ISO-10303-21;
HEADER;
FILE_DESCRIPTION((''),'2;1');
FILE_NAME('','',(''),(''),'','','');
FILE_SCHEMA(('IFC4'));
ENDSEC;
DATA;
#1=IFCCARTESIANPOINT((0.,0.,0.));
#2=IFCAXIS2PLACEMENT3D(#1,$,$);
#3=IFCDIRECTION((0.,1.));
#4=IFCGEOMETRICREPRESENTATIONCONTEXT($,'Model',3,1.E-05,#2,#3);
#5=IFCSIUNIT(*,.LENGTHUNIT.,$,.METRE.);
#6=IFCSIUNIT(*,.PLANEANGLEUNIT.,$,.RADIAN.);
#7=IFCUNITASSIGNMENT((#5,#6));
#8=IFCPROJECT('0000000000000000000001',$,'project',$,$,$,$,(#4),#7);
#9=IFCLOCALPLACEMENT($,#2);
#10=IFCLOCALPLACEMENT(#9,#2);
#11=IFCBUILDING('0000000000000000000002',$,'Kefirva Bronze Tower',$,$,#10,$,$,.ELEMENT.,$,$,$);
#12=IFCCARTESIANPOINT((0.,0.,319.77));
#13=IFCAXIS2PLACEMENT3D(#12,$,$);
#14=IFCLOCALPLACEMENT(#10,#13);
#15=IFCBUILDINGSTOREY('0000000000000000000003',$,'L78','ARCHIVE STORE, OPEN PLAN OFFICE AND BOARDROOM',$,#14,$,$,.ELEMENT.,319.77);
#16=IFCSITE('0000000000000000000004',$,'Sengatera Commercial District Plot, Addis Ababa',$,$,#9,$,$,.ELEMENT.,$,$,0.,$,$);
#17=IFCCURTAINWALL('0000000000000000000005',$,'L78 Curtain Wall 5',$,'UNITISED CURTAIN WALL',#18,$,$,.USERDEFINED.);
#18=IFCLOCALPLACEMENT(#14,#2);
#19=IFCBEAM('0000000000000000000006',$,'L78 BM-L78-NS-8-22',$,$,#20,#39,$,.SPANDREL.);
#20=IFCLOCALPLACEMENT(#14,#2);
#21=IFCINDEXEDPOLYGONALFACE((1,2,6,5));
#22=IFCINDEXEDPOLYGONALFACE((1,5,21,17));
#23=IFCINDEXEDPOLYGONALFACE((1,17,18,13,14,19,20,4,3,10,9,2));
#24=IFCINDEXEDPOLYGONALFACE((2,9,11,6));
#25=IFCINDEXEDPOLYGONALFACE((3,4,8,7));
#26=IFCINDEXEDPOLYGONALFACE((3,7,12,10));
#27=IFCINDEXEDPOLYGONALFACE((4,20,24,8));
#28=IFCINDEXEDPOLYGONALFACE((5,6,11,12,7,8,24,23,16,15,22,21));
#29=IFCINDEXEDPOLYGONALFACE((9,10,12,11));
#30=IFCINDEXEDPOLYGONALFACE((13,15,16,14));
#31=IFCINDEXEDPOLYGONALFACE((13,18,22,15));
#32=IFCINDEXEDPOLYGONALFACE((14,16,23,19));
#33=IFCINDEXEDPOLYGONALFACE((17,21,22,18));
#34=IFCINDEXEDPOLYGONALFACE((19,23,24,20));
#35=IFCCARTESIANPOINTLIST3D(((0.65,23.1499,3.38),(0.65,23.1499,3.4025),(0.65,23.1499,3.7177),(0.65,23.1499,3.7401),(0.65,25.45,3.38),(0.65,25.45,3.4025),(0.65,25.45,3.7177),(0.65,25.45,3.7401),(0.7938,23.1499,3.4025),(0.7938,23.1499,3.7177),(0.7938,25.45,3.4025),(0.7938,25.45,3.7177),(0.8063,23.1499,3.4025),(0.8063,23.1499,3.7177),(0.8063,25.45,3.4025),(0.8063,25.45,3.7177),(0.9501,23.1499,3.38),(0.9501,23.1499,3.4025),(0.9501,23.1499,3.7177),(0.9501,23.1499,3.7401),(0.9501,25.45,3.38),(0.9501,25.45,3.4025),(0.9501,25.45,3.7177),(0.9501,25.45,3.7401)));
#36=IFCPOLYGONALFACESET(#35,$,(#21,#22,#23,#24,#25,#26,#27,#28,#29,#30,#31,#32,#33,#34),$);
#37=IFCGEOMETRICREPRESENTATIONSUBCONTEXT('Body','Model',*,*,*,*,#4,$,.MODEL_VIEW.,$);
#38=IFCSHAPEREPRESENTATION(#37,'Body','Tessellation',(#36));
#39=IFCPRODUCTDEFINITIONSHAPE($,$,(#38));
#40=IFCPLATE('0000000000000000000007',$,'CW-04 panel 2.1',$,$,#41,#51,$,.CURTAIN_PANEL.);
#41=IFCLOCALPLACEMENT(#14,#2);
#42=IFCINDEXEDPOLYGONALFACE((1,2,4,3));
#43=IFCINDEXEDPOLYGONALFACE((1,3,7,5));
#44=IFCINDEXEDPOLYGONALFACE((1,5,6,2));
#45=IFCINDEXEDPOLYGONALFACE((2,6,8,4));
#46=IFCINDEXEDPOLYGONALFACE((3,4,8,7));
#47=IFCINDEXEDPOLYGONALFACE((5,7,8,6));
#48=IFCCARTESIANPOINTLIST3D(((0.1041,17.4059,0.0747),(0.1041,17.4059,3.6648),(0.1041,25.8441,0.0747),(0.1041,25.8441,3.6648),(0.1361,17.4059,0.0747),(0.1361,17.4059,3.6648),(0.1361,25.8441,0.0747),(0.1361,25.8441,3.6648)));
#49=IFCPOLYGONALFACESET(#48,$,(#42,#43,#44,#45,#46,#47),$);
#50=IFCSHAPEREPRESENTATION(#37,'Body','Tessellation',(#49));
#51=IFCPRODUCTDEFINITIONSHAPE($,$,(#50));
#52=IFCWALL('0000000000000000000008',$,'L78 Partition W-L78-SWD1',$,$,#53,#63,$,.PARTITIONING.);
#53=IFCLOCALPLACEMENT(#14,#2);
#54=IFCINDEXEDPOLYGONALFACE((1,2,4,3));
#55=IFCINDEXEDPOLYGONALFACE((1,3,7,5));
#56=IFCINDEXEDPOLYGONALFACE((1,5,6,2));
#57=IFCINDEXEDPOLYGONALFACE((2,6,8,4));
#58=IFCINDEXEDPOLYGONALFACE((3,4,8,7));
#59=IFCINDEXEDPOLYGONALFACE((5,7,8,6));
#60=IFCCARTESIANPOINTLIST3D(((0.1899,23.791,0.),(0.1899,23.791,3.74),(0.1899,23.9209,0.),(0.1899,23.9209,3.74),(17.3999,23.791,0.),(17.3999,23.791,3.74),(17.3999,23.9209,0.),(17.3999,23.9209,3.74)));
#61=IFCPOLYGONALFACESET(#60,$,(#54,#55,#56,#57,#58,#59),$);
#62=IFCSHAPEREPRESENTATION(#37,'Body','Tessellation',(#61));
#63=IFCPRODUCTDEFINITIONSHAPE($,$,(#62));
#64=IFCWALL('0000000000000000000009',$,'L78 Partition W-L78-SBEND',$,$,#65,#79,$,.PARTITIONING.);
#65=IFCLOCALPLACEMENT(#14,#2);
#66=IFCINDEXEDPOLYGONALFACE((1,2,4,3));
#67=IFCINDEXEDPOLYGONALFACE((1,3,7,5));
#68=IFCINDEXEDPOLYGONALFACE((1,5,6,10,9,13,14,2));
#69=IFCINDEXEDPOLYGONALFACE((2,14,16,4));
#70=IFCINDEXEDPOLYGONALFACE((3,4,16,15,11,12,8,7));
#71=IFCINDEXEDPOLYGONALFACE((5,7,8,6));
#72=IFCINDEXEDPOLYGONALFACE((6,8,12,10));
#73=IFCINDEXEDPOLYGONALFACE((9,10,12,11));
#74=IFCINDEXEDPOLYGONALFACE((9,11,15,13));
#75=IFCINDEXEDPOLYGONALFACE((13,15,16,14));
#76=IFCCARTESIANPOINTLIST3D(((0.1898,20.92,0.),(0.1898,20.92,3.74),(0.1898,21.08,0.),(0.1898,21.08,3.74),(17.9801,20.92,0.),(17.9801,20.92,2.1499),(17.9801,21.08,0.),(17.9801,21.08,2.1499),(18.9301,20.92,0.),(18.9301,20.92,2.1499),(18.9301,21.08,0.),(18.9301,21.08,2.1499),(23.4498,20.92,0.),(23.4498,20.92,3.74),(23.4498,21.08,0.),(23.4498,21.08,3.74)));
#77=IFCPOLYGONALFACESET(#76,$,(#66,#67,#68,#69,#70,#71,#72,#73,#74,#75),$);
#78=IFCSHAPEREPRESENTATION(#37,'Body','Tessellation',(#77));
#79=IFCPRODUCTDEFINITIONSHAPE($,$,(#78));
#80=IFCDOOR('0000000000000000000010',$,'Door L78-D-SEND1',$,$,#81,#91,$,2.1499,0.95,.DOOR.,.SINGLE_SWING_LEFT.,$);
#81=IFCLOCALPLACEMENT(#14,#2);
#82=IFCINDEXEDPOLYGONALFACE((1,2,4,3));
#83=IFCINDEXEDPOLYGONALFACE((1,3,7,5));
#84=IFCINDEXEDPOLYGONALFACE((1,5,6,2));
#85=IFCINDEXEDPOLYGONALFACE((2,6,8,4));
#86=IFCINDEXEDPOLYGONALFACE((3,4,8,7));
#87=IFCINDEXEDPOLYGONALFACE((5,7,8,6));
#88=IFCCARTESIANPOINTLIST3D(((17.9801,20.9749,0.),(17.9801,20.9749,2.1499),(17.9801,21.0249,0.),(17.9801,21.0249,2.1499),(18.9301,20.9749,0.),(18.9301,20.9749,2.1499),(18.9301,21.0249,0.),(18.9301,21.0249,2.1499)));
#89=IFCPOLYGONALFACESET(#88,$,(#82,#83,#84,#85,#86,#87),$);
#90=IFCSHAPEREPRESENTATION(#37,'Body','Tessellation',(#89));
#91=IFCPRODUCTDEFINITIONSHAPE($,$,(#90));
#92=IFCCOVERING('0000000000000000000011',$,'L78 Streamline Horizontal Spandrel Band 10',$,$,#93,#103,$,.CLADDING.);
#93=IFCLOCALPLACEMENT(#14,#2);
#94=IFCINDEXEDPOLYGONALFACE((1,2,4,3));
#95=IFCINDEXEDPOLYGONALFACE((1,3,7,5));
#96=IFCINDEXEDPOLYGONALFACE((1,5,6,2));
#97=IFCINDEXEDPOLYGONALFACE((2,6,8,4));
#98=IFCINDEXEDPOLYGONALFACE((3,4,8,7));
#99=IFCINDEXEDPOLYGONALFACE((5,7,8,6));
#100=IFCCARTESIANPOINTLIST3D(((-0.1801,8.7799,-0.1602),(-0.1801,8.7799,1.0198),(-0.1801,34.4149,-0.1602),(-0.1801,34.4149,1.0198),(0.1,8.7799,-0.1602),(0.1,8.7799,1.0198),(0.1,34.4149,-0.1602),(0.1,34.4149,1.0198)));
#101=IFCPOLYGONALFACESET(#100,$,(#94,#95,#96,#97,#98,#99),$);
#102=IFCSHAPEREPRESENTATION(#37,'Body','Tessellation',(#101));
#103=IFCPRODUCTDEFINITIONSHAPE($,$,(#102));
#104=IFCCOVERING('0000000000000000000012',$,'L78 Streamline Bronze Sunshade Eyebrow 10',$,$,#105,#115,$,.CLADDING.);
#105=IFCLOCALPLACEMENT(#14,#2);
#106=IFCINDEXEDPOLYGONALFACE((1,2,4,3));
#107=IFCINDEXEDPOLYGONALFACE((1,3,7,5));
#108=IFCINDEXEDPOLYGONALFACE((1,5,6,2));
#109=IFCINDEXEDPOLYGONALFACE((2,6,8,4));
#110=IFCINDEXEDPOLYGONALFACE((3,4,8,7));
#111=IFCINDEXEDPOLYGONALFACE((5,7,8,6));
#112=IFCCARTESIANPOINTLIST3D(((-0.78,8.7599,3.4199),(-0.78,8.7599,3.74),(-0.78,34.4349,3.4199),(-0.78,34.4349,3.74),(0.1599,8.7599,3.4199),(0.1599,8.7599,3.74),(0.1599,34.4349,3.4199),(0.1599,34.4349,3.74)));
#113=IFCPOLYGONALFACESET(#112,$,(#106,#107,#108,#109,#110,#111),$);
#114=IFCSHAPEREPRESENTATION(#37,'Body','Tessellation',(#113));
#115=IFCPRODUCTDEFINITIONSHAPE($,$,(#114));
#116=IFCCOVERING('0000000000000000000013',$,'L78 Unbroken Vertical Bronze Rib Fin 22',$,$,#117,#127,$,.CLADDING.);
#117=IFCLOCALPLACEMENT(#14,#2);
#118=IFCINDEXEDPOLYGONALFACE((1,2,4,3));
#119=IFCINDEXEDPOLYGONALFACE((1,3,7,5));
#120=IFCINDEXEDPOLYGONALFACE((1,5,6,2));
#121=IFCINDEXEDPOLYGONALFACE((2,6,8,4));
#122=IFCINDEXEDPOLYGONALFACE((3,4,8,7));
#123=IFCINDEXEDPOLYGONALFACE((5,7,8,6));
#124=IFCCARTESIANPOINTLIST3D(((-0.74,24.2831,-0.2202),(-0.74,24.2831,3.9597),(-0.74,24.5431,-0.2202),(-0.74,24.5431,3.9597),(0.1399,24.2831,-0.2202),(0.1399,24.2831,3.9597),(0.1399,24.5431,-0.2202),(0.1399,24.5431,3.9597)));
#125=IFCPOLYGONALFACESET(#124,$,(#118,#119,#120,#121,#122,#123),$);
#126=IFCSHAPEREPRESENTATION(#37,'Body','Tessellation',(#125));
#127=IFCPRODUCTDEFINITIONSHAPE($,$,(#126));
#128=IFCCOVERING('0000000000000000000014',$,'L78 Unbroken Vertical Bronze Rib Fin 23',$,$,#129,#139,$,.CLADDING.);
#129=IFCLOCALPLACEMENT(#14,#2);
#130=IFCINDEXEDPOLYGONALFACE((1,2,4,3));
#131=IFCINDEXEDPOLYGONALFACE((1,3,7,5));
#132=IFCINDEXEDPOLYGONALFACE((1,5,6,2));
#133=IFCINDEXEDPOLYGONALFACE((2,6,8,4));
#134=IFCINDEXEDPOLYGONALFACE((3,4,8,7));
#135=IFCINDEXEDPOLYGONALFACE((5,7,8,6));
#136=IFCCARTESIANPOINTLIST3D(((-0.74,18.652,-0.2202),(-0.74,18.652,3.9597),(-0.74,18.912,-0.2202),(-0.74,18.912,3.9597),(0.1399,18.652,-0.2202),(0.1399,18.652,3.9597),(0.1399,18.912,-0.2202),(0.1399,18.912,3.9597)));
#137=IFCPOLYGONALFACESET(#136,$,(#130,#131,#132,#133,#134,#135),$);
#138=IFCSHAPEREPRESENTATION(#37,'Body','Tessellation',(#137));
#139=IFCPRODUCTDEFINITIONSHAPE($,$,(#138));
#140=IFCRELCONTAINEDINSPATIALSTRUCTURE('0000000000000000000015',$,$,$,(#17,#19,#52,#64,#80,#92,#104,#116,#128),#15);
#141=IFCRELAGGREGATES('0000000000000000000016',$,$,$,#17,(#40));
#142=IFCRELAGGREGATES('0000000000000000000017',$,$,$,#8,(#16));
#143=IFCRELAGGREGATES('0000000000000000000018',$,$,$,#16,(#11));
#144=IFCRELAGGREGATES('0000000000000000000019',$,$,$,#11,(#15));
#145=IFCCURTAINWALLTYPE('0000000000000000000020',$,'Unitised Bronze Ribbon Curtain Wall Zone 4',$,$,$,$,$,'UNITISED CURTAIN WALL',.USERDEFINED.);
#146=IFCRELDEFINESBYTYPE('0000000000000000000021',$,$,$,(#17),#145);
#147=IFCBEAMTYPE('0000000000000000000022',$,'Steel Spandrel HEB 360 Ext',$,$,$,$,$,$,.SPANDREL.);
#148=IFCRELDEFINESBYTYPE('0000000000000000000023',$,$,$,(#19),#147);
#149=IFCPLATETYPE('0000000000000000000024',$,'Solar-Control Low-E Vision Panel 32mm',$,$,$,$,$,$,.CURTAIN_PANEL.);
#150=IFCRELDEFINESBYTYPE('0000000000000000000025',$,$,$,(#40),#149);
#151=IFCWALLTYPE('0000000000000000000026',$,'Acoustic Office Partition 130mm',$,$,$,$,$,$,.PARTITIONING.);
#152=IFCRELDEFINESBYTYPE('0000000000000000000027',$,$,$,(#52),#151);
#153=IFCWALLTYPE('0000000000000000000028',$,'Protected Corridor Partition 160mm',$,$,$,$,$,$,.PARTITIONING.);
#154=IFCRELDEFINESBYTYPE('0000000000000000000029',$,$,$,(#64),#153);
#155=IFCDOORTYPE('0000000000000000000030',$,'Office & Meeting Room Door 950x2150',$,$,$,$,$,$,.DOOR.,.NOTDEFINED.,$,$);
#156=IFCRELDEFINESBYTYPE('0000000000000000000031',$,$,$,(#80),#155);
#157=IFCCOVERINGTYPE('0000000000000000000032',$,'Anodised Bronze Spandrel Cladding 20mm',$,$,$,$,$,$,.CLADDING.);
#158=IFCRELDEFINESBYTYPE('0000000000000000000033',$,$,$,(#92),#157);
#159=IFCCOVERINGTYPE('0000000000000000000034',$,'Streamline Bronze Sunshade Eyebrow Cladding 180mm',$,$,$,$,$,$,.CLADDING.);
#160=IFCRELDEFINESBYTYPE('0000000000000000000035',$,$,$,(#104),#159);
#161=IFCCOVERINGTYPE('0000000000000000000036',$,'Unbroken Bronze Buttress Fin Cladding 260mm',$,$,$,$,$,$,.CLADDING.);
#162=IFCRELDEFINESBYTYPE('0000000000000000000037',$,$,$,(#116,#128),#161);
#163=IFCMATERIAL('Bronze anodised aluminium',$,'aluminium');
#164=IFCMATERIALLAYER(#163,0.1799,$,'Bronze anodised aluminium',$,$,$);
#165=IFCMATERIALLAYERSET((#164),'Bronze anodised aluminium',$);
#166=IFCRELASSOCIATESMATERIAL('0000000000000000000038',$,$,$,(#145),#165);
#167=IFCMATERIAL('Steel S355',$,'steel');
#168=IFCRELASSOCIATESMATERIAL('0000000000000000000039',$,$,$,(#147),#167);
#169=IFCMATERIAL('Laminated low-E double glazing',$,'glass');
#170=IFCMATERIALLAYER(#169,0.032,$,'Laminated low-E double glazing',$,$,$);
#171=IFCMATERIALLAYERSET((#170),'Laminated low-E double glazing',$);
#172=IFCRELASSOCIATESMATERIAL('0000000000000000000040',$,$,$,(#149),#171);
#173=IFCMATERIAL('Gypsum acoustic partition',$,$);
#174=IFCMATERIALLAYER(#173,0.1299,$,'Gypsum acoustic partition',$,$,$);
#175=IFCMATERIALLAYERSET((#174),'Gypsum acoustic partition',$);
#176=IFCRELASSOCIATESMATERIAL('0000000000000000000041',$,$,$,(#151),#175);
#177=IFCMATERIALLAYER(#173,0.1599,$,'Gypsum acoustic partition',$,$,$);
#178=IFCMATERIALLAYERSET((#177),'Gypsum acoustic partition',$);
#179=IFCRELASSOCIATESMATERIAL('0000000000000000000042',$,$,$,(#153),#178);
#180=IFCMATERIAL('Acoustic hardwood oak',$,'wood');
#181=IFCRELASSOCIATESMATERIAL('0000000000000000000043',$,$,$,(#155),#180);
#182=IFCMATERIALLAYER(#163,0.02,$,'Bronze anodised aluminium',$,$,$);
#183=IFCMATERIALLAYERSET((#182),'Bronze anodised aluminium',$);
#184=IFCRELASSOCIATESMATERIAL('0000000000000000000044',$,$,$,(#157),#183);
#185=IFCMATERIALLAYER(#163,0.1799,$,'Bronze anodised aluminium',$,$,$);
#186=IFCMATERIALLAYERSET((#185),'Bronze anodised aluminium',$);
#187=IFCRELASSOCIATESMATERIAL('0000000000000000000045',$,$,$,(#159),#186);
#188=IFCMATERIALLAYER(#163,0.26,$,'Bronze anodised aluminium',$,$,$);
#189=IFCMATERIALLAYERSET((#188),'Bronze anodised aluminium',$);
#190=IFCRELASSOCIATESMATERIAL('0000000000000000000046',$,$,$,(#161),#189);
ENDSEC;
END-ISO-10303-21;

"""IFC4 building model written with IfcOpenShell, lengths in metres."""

from ifc_helpers import new_model, si_unit, direction, frame, frame_2d, origin, origin_2d, place, context, subcontext, project, spatial, rectangle, i_section, extrude, material, layer, layer_set, material_profile, profile_set, type_object, element, fill, aggregate, save


model = new_model("IFC4")

# Units and contexts
model_context = context("Model", 3, precision=1e-05, world=origin(), true_north=direction((0.0, 1.0)))
body_context = subcontext(model_context, "Body", "Model", "MODEL_VIEW")
ifc_project = project(units=[si_unit("LENGTHUNIT", "METRE"), si_unit("PLANEANGLEUNIT", "RADIAN")], contexts=[model_context])

# Site, building, storey
site_placement = place(None, origin())
site = spatial("IfcSite", under=ifc_project, at=site_placement, Name="Sengatera Commercial District Plot, Addis Ababa", CompositionType="ELEMENT", RefElevation=0.0)
building_placement = place(site_placement, origin())
building = spatial("IfcBuilding", under=site, at=building_placement, Name="Kefirva Bronze Tower", CompositionType="ELEMENT")
storey_placement = place(building_placement, frame((0.0, 0.0, 319.77)))
storey = spatial("IfcBuildingStorey", under=building, at=storey_placement, Name="L78", Description="ARCHIVE STORE, OPEN PLAN OFFICE AND BOARDROOM", CompositionType="ELEMENT", Elevation=319.77)

# Curtain wall
ifc_material_1 = material(Name="Bronze anodised aluminium", Category="aluminium")
ifc_layer_1 = layer(ifc_material_1, 0.1799, Name="Bronze anodised aluminium")
ifc_layer_set_1 = layer_set([ifc_layer_1], Name="Bronze anodised aluminium")
curtain_wall_type = type_object("IfcCurtainWallType", Name="Unitised Bronze Ribbon Curtain Wall Zone 4", ElementType="UNITISED CURTAIN WALL", PredefinedType="USERDEFINED", material=ifc_layer_set_1)
curtain_wall_placement = place(storey_placement, origin())
curtain_wall = element("IfcCurtainWall", 1, at=curtain_wall_placement, inside=storey, type_object=curtain_wall_type, Name="L78 Curtain Wall 5", ObjectType="UNITISED CURTAIN WALL", PredefinedType="USERDEFINED")

# Beam
ifc_material_2 = material(Name="Steel S355", Category="steel")
ifc_material_profile_1 = material_profile(ifc_material_2, i_section(OverallWidth=0.3, OverallDepth=0.3601, WebThickness=0.0125, FlangeThickness=0.0225, at=origin_2d()), Name="HEB 360")
ifc_profile_set_1 = profile_set([ifc_material_profile_1], Name="Steel S355")
beam_type_1 = type_object("IfcBeamType", Name="Steel Spandrel HEB 360 Ext", PredefinedType="SPANDREL", material=ifc_profile_set_1)
beam_1_placement = place(storey_placement, frame((0.8, 23.1499, 3.5601), z_axis=(0.0, 1.0, 0.0), x_axis=(-1.0, 0.0, 0.0)))
element("IfcBeam", 2, at=beam_1_placement, inside=storey, type_object=beam_type_1, Name="L78 BM-L78-NS-8-22", PredefinedType="SPANDREL", context=body_context, shape_type="SweptSolid", body=[
    extrude(i_section(OverallWidth=0.3, OverallDepth=0.3601, WebThickness=0.0125, FlangeThickness=0.0225, at=origin_2d()), origin(), (0.0, 0.0, 1.0), 2.3),
])

# Plate
ifc_material_3 = material(Name="Laminated low-E double glazing", Category="glass")
ifc_layer_2 = layer(ifc_material_3, 0.032, Name="Laminated low-E double glazing")
ifc_layer_set_2 = layer_set([ifc_layer_2], Name="Laminated low-E double glazing")
plate_type = type_object("IfcPlateType", Name="Solar-Control Low-E Vision Panel 32mm", PredefinedType="CURTAIN_PANEL", material=ifc_layer_set_2)
plate_placement = place(storey_placement, frame((0.1201, 21.625, 0.0747), z_axis=(0.0, 0.0, 1.0), x_axis=(0.0, -1.0, 0.0)))
plate = element("IfcPlate", 3, at=plate_placement, type_object=plate_type, Name="CW-04 panel 2.1", PredefinedType="CURTAIN_PANEL", context=body_context, shape_type="SweptSolid", body=[
    extrude(rectangle(XDim=8.4382, YDim=0.032, at=origin_2d()), origin(), (0.0, 0.0, 1.0), 3.5901),
])
aggregate(curtain_wall, [plate])

# Wall
ifc_material_4 = material(Name="Gypsum acoustic partition")
ifc_layer_3 = layer(ifc_material_4, 0.1299, Name="Gypsum acoustic partition")
ifc_layer_set_3 = layer_set([ifc_layer_3], Name="Gypsum acoustic partition")
wall_type_1 = type_object("IfcWallType", Name="Acoustic Office Partition 130mm", PredefinedType="PARTITIONING", material=ifc_layer_set_3)
wall_1_placement = place(storey_placement, frame((0.1899, 23.856, 0.0), z_axis=(0.0, 0.0, 1.0), x_axis=(1.0, 0.0, 0.0)))
element("IfcWall", 4, at=wall_1_placement, inside=storey, type_object=wall_type_1, Name="L78 Partition W-L78-SWD1", PredefinedType="PARTITIONING", context=body_context, shape_type="SweptSolid", body=[
    extrude(rectangle(XDim=17.21, YDim=0.1299, at=frame_2d((8.605, 0.0))), origin(), (0.0, 0.0, 1.0), 3.74),
])

# Wall, opening, door
ifc_layer_4 = layer(ifc_material_4, 0.1599, Name="Gypsum acoustic partition")
ifc_layer_set_4 = layer_set([ifc_layer_4], Name="Gypsum acoustic partition")
wall_type_2 = type_object("IfcWallType", Name="Protected Corridor Partition 160mm", PredefinedType="PARTITIONING", material=ifc_layer_set_4)
wall_2_placement = place(storey_placement, frame((0.1899, 21.0, 0.0), z_axis=(0.0, 0.0, 1.0), x_axis=(1.0, 0.0, 0.0)))
wall_2 = element("IfcWall", 5, at=wall_2_placement, inside=storey, type_object=wall_type_2, Name="L78 Partition W-L78-SBEND", PredefinedType="PARTITIONING", context=body_context, shape_type="SweptSolid", body=[
    extrude(rectangle(XDim=23.26, YDim=0.1599, at=frame_2d((11.6299, 0.0))), origin(), (0.0, 0.0, 1.0), 3.74),
])
opening_placement = place(wall_2_placement, frame((17.79, 0.0, 0.0)))
opening = element("IfcOpeningElement", 6, at=opening_placement, cuts=wall_2, PredefinedType="OPENING", context=body_context, shape_type="SweptSolid", body=[
    extrude(rectangle(XDim=0.95, YDim=2.1499, at=frame_2d((0.4751, 1.075))), frame((0.0, 0.0898, 0.0), z_axis=(0.0, -1.0, 0.0), x_axis=(1.0, 0.0, 0.0)), (0.0, 0.0, 1.0), 0.1799),
])
ifc_material_5 = material(Name="Acoustic hardwood oak", Category="wood")
door_type = type_object("IfcDoorType", Name="Office & Meeting Room Door 950x2150", OperationType="NOTDEFINED", PredefinedType="DOOR", material=ifc_material_5)
door_placement = place(opening_placement, origin())
door = element("IfcDoor", 7, at=door_placement, inside=storey, type_object=door_type, Name="Door L78-D-SEND1", OperationType="SINGLE_SWING_LEFT", OverallHeight=2.1499, OverallWidth=0.95, PredefinedType="DOOR", context=body_context, shape_type="SweptSolid", body=[
    extrude(rectangle(XDim=0.95, YDim=2.1499, at=frame_2d((0.4751, 1.075))), frame((0.0, 0.0249, 0.0), z_axis=(0.0, -1.0, 0.0), x_axis=(1.0, 0.0, 0.0)), (0.0, 0.0, 1.0), 0.05),
])
fill(opening, door)

# Coverings
ifc_layer_5 = layer(ifc_material_1, 0.02, Name="Bronze anodised aluminium")
ifc_layer_set_5 = layer_set([ifc_layer_5], Name="Bronze anodised aluminium")
covering_type_1 = type_object("IfcCoveringType", Name="Anodised Bronze Spandrel Cladding 20mm", PredefinedType="CLADDING", material=ifc_layer_set_5)
covering_1_placement = place(storey_placement, frame((-0.04, 21.5974, -0.1602), z_axis=(0.0, 0.0, 1.0), x_axis=(0.0, -1.0, 0.0)))
element("IfcCovering", 8, at=covering_1_placement, inside=storey, type_object=covering_type_1, Name="L78 Streamline Horizontal Spandrel Band 10", PredefinedType="CLADDING", context=body_context, shape_type="SweptSolid", body=[
    extrude(rectangle(XDim=25.635, YDim=0.28, at=origin_2d()), origin(), (0.0, 0.0, 1.0), 1.1799),
])
ifc_layer_6 = layer(ifc_material_1, 0.1799, Name="Bronze anodised aluminium")
ifc_layer_set_6 = layer_set([ifc_layer_6], Name="Bronze anodised aluminium")
covering_type_2 = type_object("IfcCoveringType", Name="Streamline Bronze Sunshade Eyebrow Cladding 180mm", PredefinedType="CLADDING", material=ifc_layer_set_6)
covering_2_placement = place(storey_placement, frame((-0.3101, 21.5974, 3.4199), z_axis=(0.0, 0.0, 1.0), x_axis=(0.0, -1.0, 0.0)))
element("IfcCovering", 9, at=covering_2_placement, inside=storey, type_object=covering_type_2, Name="L78 Streamline Bronze Sunshade Eyebrow 10", PredefinedType="CLADDING", context=body_context, shape_type="SweptSolid", body=[
    extrude(rectangle(XDim=25.675, YDim=0.9399, at=origin_2d()), origin(), (0.0, 0.0, 1.0), 0.3201),
])
ifc_layer_7 = layer(ifc_material_1, 0.26, Name="Bronze anodised aluminium")
ifc_layer_set_7 = layer_set([ifc_layer_7], Name="Bronze anodised aluminium")
covering_type_3 = type_object("IfcCoveringType", Name="Unbroken Bronze Buttress Fin Cladding 260mm", PredefinedType="CLADDING", material=ifc_layer_set_7)
for number, where, z_axis, x_axis, name in (
    (10, (-0.3, 24.4131, -0.2202), (0.0, 0.0, 1.0), (0.0, -1.0, 0.0), "L78 Unbroken Vertical Bronze Rib Fin 22"),
    (11, (-0.3, 18.782, -0.2202), (0.0, 0.0, 1.0), (0.0, -1.0, 0.0), "L78 Unbroken Vertical Bronze Rib Fin 23"),
):
    element("IfcCovering", number, at=place(storey_placement, frame(where, z_axis=z_axis, x_axis=x_axis)), inside=storey, type_object=covering_type_3, Name=name, PredefinedType="CLADDING", context=body_context, shape_type="SweptSolid", body=[
        extrude(rectangle(XDim=0.26, YDim=0.8799, at=origin_2d()), origin(), (0.0, 0.0, 1.0), 4.1799),
    ])

save(model, "model.ifc")
